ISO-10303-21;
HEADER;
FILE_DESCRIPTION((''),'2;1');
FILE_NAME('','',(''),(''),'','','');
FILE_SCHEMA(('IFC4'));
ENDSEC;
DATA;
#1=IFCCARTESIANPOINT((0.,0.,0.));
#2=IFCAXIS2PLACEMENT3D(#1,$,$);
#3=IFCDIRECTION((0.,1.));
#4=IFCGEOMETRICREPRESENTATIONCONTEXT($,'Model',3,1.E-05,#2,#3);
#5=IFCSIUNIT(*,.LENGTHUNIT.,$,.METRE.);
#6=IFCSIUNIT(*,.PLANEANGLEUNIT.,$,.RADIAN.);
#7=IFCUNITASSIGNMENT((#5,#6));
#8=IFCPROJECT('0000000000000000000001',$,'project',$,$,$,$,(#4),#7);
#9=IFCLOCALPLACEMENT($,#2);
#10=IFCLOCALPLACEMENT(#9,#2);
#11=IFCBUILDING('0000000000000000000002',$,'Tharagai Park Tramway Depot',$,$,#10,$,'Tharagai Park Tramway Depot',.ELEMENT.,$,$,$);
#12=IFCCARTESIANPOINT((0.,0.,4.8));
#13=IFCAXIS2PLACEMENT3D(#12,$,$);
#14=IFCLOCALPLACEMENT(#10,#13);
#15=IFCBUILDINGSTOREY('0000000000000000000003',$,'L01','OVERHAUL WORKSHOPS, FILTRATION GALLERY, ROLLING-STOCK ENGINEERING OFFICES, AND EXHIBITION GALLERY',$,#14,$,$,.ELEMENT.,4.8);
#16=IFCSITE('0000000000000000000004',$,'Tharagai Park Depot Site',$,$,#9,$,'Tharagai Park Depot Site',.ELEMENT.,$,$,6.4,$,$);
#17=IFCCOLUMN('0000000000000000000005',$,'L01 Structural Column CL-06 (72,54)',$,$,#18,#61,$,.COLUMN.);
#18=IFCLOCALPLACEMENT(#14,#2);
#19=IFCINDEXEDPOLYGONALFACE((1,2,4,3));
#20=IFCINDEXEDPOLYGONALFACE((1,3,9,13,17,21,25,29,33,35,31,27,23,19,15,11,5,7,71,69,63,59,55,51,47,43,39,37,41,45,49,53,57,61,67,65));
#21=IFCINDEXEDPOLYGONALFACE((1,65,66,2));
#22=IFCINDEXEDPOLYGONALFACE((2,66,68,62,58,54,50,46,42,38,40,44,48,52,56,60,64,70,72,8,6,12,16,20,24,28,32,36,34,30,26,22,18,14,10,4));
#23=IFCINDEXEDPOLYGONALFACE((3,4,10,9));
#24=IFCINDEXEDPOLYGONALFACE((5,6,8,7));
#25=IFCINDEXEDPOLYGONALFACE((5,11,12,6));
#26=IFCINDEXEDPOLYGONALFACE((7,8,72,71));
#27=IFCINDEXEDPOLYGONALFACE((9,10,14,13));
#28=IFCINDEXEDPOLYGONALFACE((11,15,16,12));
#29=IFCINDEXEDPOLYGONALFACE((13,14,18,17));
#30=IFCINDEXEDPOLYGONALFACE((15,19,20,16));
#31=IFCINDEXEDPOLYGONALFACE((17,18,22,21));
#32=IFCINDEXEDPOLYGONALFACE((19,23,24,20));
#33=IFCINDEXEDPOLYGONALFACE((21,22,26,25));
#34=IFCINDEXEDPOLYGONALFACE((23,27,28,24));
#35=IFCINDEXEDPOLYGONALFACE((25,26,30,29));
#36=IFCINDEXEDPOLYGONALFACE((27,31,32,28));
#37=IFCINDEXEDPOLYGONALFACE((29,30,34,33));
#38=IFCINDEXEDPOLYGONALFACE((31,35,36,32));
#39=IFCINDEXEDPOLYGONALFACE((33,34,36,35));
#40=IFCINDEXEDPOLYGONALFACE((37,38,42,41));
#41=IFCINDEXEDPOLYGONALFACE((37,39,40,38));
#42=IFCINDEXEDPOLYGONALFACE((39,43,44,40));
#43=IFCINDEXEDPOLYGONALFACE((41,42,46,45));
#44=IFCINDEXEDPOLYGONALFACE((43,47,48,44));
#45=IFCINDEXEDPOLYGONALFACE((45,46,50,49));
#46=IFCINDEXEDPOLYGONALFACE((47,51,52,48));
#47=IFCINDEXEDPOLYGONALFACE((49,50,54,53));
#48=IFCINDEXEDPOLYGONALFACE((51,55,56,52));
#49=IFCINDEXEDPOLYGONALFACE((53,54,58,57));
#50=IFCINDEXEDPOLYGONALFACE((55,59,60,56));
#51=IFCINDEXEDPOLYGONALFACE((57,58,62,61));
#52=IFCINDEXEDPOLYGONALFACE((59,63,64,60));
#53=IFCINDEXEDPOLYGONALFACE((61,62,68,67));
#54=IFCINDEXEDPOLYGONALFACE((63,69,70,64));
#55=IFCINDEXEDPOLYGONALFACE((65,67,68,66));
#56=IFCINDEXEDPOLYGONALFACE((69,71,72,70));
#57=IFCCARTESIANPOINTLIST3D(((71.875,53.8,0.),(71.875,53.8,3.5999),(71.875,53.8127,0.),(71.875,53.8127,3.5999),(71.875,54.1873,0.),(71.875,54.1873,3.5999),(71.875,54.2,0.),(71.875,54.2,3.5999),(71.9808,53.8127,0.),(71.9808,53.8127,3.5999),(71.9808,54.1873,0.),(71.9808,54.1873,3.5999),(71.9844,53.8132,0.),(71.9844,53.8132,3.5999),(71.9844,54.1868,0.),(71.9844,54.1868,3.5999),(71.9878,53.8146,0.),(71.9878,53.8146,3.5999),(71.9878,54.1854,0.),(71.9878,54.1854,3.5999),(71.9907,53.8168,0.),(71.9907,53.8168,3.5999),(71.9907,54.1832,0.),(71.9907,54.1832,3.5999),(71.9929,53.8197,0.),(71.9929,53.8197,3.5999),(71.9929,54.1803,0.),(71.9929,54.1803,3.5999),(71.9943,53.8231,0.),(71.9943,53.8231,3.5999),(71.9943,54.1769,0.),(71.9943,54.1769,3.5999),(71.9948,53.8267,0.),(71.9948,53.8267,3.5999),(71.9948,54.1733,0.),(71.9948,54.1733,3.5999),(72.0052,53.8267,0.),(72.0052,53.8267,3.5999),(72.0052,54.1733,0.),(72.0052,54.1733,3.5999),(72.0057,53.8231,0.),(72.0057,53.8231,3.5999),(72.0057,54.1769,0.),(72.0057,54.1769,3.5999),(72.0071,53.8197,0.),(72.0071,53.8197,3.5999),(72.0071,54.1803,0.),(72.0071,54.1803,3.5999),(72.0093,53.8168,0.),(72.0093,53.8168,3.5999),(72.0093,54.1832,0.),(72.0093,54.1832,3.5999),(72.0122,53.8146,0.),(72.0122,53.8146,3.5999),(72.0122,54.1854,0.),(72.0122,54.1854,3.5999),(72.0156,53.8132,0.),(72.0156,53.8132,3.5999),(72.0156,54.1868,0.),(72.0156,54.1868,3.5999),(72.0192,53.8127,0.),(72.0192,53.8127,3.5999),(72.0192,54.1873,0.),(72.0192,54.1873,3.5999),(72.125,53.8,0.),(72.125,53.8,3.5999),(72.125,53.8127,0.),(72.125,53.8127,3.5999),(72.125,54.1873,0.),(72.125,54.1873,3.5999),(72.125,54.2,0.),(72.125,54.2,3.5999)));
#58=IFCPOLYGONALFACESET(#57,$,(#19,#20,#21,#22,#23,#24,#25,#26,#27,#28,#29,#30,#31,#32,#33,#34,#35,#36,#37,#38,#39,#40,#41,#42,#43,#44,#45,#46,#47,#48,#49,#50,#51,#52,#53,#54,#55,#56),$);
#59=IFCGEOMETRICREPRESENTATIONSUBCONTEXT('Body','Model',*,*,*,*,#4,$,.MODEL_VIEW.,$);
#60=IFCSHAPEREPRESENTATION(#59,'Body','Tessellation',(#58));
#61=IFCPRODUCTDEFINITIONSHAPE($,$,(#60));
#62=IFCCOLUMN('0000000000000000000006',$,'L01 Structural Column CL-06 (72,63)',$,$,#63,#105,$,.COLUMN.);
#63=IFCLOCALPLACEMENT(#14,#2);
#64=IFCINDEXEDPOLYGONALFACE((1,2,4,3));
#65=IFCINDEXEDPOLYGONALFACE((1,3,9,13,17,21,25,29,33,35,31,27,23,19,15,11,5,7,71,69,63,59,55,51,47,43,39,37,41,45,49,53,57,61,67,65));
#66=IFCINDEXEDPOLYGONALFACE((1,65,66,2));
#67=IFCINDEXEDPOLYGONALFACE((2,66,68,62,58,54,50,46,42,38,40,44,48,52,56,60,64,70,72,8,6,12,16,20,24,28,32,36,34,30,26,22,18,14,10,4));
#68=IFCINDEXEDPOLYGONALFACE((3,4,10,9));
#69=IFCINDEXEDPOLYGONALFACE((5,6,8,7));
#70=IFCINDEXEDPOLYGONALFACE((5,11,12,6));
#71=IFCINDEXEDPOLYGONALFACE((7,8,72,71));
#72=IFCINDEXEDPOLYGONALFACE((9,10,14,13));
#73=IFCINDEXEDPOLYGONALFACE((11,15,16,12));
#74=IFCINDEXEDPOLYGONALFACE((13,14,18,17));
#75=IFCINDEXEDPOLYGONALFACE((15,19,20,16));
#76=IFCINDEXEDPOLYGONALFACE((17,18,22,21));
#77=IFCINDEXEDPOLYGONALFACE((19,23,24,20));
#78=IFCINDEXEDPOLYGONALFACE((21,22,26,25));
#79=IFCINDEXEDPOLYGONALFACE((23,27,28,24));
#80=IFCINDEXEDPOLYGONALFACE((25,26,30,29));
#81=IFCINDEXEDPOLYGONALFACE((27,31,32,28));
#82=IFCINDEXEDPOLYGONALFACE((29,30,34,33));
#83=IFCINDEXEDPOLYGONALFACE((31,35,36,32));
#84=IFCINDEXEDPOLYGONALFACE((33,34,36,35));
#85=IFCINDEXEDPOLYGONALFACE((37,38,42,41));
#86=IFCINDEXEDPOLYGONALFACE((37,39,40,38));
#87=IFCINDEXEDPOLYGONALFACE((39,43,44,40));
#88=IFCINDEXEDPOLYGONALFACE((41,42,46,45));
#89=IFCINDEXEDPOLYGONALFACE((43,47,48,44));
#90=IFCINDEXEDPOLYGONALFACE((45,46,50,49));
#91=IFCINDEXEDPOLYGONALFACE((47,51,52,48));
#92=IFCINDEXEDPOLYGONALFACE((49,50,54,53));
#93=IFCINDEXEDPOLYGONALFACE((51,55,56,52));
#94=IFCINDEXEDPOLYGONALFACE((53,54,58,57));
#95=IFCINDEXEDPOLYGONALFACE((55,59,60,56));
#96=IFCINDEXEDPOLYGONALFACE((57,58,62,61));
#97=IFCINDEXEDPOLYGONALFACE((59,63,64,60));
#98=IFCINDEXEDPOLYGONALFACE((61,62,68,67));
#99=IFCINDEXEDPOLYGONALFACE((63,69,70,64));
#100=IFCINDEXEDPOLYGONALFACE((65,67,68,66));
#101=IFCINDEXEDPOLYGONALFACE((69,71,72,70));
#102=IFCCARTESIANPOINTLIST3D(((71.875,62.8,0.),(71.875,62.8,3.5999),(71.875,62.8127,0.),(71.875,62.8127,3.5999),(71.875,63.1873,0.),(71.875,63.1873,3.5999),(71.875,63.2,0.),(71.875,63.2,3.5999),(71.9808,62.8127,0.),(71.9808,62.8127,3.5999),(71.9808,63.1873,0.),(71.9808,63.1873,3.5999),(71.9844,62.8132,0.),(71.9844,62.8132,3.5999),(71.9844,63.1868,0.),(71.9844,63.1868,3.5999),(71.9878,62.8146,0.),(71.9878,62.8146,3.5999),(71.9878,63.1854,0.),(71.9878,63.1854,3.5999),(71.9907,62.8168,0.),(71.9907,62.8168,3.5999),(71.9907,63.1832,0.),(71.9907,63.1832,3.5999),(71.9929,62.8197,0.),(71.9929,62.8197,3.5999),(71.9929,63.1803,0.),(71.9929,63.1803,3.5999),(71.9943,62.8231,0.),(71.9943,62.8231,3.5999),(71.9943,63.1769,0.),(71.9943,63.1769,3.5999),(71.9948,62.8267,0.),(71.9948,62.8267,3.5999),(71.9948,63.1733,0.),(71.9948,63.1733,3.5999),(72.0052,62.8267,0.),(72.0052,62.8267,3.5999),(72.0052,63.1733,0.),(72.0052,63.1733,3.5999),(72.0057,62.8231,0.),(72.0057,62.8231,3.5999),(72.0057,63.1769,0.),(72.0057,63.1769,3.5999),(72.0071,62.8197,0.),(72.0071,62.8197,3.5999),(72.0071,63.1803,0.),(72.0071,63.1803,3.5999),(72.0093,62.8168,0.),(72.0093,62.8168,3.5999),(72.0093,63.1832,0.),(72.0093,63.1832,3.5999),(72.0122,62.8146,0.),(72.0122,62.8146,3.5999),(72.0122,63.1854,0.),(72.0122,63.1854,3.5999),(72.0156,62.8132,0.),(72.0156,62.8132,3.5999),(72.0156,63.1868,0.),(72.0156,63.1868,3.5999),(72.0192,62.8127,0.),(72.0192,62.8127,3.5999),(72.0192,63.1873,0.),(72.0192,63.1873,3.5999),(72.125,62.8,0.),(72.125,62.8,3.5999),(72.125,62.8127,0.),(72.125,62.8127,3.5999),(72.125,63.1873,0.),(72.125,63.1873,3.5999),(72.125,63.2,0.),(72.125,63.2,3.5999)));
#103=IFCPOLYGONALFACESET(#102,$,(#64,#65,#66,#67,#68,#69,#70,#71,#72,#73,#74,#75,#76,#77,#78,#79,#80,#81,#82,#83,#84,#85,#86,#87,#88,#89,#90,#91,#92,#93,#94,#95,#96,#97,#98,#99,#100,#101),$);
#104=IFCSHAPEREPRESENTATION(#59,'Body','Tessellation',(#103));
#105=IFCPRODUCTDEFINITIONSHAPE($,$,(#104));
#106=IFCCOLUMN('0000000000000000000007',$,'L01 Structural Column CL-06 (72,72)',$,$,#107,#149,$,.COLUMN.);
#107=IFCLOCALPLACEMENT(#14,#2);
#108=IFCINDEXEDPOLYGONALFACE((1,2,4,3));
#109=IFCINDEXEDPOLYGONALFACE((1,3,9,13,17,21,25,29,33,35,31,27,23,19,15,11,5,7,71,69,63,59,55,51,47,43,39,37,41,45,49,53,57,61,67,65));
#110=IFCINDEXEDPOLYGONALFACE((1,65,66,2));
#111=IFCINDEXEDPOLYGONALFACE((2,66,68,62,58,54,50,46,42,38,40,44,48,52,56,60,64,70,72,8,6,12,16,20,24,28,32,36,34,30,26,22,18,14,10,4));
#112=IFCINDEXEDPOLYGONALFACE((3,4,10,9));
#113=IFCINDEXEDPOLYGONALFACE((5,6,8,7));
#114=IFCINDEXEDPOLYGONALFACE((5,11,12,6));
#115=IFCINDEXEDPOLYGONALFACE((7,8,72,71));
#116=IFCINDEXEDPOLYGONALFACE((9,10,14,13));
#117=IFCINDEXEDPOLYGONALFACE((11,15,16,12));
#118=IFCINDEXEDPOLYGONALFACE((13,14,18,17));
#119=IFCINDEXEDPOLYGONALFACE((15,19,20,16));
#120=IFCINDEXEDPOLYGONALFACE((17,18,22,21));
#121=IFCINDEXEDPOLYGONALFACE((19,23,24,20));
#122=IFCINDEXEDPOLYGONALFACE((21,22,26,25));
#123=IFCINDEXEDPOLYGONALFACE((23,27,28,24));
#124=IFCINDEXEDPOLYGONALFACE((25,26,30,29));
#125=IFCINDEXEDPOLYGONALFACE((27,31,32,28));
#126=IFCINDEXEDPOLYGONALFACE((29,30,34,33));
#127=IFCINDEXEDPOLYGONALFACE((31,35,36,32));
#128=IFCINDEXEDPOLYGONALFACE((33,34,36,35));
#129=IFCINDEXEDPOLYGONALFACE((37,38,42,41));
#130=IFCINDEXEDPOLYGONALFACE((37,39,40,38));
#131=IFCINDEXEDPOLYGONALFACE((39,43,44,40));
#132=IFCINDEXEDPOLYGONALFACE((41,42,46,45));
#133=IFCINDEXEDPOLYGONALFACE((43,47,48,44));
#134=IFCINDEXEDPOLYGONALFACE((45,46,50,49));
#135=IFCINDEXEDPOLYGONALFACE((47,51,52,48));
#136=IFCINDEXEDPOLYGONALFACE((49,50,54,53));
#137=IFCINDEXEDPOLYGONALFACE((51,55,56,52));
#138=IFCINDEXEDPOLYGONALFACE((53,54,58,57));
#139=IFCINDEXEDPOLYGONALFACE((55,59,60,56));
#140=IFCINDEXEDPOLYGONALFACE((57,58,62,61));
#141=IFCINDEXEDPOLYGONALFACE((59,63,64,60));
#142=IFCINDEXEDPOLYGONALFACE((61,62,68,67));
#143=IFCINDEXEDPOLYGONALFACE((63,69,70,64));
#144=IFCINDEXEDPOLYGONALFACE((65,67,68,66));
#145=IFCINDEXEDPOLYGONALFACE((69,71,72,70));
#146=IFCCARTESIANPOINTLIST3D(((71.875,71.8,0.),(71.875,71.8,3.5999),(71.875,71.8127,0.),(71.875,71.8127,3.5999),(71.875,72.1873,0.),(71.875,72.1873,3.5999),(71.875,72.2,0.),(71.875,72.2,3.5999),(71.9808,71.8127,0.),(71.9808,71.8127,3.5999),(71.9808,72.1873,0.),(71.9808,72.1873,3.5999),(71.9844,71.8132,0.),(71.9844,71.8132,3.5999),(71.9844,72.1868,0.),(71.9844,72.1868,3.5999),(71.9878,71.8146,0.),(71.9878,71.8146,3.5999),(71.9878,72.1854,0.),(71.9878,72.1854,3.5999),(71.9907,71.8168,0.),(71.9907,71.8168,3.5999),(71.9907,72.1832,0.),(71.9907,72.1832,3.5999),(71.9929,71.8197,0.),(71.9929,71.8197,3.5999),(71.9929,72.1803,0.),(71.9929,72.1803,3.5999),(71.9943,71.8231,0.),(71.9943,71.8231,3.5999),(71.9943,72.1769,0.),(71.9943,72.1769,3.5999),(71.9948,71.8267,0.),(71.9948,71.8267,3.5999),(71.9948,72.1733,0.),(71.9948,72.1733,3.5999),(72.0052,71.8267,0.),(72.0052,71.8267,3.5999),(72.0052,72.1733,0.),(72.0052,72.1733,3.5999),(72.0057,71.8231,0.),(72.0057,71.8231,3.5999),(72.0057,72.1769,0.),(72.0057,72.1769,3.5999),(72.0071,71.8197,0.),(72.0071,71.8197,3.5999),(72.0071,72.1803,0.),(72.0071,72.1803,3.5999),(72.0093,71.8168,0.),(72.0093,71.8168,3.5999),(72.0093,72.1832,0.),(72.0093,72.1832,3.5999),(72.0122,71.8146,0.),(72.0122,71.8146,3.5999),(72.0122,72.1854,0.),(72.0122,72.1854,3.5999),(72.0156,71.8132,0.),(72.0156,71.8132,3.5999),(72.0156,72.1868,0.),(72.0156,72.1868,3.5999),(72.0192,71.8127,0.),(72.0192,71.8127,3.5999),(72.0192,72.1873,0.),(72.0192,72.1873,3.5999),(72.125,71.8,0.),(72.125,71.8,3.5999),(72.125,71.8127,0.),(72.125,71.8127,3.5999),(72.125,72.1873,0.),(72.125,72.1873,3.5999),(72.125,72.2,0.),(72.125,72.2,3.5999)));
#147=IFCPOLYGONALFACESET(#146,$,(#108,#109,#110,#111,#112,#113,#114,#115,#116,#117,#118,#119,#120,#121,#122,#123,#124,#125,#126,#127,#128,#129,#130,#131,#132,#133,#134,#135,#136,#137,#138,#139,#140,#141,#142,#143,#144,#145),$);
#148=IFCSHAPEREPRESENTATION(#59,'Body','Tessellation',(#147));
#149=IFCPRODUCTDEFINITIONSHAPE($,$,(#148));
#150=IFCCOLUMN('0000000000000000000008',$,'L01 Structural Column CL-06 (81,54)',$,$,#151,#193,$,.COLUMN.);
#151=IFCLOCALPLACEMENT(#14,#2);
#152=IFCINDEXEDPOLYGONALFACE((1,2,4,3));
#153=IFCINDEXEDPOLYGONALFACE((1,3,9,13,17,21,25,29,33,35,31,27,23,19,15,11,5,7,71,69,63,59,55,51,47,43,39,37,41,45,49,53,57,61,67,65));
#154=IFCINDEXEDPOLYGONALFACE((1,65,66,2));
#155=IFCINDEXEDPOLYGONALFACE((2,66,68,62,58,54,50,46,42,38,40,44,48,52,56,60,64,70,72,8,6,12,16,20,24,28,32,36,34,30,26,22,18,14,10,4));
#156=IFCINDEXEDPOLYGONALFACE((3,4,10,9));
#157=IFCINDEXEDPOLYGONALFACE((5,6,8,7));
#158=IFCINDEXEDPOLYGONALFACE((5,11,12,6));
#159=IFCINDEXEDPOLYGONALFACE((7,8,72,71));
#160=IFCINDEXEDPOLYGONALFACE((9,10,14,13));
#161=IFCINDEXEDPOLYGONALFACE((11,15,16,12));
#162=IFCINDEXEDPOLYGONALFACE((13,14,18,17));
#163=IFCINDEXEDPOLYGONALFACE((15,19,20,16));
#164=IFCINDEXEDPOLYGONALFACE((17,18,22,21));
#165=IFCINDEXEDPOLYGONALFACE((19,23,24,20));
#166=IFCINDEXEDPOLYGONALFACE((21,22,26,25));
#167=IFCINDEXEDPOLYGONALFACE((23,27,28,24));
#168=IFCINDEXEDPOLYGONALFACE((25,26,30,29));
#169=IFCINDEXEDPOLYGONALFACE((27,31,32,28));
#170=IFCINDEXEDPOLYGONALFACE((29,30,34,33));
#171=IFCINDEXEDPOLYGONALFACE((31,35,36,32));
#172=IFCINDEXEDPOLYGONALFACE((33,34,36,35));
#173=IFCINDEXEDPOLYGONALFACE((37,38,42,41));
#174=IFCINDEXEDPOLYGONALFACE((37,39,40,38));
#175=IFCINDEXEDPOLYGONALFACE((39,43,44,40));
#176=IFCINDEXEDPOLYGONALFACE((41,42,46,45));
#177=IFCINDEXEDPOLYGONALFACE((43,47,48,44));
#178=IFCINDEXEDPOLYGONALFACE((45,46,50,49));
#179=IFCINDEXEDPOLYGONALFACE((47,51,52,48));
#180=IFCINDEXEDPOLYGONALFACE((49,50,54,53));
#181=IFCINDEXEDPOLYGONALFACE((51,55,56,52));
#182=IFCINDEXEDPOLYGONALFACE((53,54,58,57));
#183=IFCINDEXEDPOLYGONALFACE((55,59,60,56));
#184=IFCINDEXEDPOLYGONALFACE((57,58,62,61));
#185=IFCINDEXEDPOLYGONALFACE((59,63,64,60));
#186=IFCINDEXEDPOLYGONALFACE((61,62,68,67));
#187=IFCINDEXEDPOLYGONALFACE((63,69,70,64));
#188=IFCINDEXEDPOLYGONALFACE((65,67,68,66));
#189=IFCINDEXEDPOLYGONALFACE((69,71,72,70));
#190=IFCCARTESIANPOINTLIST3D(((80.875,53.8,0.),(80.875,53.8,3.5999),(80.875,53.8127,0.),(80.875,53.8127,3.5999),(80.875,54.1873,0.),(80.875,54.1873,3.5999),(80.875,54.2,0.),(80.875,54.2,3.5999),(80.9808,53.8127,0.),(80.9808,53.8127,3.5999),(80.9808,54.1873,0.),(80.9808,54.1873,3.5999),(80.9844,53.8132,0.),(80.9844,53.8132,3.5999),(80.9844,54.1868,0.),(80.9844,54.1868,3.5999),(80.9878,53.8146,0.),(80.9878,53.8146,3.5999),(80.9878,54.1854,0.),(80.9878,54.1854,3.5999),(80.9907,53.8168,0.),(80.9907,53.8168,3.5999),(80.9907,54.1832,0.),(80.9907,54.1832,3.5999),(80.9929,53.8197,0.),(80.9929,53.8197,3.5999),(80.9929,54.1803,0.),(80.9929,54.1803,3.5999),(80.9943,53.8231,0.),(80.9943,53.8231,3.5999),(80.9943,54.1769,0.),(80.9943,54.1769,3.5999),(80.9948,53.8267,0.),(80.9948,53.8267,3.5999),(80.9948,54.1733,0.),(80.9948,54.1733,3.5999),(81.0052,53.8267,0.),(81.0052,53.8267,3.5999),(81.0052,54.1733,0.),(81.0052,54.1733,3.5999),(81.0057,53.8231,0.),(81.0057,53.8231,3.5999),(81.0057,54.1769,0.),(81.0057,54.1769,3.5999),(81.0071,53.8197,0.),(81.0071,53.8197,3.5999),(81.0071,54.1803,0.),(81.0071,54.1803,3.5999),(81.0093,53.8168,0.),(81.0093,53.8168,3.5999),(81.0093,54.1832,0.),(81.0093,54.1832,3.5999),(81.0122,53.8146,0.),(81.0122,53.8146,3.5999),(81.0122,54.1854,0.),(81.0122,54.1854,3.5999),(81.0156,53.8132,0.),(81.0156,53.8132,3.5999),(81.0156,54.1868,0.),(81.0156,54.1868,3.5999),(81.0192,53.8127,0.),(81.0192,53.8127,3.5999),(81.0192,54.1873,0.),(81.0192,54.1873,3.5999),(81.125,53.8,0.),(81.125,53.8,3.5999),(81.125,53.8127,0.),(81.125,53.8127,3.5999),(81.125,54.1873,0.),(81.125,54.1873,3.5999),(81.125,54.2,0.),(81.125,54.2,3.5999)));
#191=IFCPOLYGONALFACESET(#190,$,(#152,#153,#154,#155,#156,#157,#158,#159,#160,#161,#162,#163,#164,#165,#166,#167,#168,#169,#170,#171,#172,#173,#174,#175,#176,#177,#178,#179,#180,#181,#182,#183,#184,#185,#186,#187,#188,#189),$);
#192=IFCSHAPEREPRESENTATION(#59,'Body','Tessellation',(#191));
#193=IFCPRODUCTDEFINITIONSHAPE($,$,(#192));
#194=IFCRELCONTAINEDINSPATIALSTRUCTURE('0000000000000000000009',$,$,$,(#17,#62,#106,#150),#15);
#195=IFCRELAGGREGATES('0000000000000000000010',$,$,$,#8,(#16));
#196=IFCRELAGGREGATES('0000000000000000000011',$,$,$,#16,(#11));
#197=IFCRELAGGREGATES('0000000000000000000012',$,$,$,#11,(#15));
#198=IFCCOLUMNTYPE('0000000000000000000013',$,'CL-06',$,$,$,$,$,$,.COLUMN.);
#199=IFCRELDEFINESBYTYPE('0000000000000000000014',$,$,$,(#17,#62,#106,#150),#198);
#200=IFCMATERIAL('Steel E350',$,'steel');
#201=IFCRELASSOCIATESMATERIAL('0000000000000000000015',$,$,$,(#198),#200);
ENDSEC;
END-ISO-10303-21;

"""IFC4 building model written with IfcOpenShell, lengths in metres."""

from ifc_helpers import new_model, si_unit, direction, frame, origin, origin_2d, place, context, subcontext, project, spatial, i_section, extrude, material, material_profile, profile_set, type_object, element, save


model = new_model("IFC4")

# Units and contexts
model_context = context("Model", 3, precision=1e-05, world=origin(), true_north=direction((0.0, 1.0)))
body_context = subcontext(model_context, "Body", "Model", "MODEL_VIEW")
ifc_project = project(units=[si_unit("LENGTHUNIT", "METRE"), si_unit("PLANEANGLEUNIT", "RADIAN")], contexts=[model_context])

# Site, building, storey
site_placement = place(None, origin())
site = spatial("IfcSite", under=ifc_project, at=site_placement, Name="Tharagai Park Depot Site", LongName="Tharagai Park Depot Site", CompositionType="ELEMENT", RefElevation=6.4)
building_placement = place(site_placement, origin())
building = spatial("IfcBuilding", under=site, at=building_placement, Name="Tharagai Park Tramway Depot", LongName="Tharagai Park Tramway Depot", CompositionType="ELEMENT")
storey_placement = place(building_placement, frame((0.0, 0.0, 4.8)))
storey = spatial("IfcBuildingStorey", under=building, at=storey_placement, Name="L01", Description="OVERHAUL WORKSHOPS, FILTRATION GALLERY, ROLLING-STOCK ENGINEERING OFFICES, AND EXHIBITION GALLERY", CompositionType="ELEMENT", Elevation=4.8)

# Columns
ifc_material_1 = material(Name="Steel E350", Category="steel")
ifc_material_profile_1 = material_profile(ifc_material_1, i_section(OverallWidth=0.25, OverallDepth=0.3999, WebThickness=0.0105, FlangeThickness=0.0127, FilletRadius=0.0139, at=origin_2d()), Name="ISHB 400")
ifc_profile_set_1 = profile_set([ifc_material_profile_1], Name="Steel E350")
column_type = type_object("IfcColumnType", Name="CL-06", PredefinedType="COLUMN", material=ifc_profile_set_1)
for number, where, z_axis, x_axis, name in (
    (1, (72.0, 54.0, 0.0), (0.0, 0.0, 1.0), (1.0, 0.0, 0.0), "L01 Structural Column CL-06 (72,54)"),
    (2, (72.0, 63.0, 0.0), (0.0, 0.0, 1.0), (1.0, 0.0, 0.0), "L01 Structural Column CL-06 (72,63)"),
    (3, (72.0, 72.0, 0.0), (0.0, 0.0, 1.0), (1.0, 0.0, 0.0), "L01 Structural Column CL-06 (72,72)"),
    (4, (81.0, 54.0, 0.0), (0.0, 0.0, 1.0), (1.0, 0.0, 0.0), "L01 Structural Column CL-06 (81,54)"),
):
    element("IfcColumn", number, at=place(storey_placement, frame(where, z_axis=z_axis, x_axis=x_axis)), inside=storey, type_object=column_type, Name=name, PredefinedType="COLUMN", context=body_context, shape_type="SweptSolid", body=[
        extrude(i_section(OverallWidth=0.25, OverallDepth=0.3999, WebThickness=0.0105, FlangeThickness=0.0127, FilletRadius=0.0139, at=origin_2d()), origin(), (0.0, 0.0, 1.0), 3.5999),
    ])

save(model, "model.ifc")
